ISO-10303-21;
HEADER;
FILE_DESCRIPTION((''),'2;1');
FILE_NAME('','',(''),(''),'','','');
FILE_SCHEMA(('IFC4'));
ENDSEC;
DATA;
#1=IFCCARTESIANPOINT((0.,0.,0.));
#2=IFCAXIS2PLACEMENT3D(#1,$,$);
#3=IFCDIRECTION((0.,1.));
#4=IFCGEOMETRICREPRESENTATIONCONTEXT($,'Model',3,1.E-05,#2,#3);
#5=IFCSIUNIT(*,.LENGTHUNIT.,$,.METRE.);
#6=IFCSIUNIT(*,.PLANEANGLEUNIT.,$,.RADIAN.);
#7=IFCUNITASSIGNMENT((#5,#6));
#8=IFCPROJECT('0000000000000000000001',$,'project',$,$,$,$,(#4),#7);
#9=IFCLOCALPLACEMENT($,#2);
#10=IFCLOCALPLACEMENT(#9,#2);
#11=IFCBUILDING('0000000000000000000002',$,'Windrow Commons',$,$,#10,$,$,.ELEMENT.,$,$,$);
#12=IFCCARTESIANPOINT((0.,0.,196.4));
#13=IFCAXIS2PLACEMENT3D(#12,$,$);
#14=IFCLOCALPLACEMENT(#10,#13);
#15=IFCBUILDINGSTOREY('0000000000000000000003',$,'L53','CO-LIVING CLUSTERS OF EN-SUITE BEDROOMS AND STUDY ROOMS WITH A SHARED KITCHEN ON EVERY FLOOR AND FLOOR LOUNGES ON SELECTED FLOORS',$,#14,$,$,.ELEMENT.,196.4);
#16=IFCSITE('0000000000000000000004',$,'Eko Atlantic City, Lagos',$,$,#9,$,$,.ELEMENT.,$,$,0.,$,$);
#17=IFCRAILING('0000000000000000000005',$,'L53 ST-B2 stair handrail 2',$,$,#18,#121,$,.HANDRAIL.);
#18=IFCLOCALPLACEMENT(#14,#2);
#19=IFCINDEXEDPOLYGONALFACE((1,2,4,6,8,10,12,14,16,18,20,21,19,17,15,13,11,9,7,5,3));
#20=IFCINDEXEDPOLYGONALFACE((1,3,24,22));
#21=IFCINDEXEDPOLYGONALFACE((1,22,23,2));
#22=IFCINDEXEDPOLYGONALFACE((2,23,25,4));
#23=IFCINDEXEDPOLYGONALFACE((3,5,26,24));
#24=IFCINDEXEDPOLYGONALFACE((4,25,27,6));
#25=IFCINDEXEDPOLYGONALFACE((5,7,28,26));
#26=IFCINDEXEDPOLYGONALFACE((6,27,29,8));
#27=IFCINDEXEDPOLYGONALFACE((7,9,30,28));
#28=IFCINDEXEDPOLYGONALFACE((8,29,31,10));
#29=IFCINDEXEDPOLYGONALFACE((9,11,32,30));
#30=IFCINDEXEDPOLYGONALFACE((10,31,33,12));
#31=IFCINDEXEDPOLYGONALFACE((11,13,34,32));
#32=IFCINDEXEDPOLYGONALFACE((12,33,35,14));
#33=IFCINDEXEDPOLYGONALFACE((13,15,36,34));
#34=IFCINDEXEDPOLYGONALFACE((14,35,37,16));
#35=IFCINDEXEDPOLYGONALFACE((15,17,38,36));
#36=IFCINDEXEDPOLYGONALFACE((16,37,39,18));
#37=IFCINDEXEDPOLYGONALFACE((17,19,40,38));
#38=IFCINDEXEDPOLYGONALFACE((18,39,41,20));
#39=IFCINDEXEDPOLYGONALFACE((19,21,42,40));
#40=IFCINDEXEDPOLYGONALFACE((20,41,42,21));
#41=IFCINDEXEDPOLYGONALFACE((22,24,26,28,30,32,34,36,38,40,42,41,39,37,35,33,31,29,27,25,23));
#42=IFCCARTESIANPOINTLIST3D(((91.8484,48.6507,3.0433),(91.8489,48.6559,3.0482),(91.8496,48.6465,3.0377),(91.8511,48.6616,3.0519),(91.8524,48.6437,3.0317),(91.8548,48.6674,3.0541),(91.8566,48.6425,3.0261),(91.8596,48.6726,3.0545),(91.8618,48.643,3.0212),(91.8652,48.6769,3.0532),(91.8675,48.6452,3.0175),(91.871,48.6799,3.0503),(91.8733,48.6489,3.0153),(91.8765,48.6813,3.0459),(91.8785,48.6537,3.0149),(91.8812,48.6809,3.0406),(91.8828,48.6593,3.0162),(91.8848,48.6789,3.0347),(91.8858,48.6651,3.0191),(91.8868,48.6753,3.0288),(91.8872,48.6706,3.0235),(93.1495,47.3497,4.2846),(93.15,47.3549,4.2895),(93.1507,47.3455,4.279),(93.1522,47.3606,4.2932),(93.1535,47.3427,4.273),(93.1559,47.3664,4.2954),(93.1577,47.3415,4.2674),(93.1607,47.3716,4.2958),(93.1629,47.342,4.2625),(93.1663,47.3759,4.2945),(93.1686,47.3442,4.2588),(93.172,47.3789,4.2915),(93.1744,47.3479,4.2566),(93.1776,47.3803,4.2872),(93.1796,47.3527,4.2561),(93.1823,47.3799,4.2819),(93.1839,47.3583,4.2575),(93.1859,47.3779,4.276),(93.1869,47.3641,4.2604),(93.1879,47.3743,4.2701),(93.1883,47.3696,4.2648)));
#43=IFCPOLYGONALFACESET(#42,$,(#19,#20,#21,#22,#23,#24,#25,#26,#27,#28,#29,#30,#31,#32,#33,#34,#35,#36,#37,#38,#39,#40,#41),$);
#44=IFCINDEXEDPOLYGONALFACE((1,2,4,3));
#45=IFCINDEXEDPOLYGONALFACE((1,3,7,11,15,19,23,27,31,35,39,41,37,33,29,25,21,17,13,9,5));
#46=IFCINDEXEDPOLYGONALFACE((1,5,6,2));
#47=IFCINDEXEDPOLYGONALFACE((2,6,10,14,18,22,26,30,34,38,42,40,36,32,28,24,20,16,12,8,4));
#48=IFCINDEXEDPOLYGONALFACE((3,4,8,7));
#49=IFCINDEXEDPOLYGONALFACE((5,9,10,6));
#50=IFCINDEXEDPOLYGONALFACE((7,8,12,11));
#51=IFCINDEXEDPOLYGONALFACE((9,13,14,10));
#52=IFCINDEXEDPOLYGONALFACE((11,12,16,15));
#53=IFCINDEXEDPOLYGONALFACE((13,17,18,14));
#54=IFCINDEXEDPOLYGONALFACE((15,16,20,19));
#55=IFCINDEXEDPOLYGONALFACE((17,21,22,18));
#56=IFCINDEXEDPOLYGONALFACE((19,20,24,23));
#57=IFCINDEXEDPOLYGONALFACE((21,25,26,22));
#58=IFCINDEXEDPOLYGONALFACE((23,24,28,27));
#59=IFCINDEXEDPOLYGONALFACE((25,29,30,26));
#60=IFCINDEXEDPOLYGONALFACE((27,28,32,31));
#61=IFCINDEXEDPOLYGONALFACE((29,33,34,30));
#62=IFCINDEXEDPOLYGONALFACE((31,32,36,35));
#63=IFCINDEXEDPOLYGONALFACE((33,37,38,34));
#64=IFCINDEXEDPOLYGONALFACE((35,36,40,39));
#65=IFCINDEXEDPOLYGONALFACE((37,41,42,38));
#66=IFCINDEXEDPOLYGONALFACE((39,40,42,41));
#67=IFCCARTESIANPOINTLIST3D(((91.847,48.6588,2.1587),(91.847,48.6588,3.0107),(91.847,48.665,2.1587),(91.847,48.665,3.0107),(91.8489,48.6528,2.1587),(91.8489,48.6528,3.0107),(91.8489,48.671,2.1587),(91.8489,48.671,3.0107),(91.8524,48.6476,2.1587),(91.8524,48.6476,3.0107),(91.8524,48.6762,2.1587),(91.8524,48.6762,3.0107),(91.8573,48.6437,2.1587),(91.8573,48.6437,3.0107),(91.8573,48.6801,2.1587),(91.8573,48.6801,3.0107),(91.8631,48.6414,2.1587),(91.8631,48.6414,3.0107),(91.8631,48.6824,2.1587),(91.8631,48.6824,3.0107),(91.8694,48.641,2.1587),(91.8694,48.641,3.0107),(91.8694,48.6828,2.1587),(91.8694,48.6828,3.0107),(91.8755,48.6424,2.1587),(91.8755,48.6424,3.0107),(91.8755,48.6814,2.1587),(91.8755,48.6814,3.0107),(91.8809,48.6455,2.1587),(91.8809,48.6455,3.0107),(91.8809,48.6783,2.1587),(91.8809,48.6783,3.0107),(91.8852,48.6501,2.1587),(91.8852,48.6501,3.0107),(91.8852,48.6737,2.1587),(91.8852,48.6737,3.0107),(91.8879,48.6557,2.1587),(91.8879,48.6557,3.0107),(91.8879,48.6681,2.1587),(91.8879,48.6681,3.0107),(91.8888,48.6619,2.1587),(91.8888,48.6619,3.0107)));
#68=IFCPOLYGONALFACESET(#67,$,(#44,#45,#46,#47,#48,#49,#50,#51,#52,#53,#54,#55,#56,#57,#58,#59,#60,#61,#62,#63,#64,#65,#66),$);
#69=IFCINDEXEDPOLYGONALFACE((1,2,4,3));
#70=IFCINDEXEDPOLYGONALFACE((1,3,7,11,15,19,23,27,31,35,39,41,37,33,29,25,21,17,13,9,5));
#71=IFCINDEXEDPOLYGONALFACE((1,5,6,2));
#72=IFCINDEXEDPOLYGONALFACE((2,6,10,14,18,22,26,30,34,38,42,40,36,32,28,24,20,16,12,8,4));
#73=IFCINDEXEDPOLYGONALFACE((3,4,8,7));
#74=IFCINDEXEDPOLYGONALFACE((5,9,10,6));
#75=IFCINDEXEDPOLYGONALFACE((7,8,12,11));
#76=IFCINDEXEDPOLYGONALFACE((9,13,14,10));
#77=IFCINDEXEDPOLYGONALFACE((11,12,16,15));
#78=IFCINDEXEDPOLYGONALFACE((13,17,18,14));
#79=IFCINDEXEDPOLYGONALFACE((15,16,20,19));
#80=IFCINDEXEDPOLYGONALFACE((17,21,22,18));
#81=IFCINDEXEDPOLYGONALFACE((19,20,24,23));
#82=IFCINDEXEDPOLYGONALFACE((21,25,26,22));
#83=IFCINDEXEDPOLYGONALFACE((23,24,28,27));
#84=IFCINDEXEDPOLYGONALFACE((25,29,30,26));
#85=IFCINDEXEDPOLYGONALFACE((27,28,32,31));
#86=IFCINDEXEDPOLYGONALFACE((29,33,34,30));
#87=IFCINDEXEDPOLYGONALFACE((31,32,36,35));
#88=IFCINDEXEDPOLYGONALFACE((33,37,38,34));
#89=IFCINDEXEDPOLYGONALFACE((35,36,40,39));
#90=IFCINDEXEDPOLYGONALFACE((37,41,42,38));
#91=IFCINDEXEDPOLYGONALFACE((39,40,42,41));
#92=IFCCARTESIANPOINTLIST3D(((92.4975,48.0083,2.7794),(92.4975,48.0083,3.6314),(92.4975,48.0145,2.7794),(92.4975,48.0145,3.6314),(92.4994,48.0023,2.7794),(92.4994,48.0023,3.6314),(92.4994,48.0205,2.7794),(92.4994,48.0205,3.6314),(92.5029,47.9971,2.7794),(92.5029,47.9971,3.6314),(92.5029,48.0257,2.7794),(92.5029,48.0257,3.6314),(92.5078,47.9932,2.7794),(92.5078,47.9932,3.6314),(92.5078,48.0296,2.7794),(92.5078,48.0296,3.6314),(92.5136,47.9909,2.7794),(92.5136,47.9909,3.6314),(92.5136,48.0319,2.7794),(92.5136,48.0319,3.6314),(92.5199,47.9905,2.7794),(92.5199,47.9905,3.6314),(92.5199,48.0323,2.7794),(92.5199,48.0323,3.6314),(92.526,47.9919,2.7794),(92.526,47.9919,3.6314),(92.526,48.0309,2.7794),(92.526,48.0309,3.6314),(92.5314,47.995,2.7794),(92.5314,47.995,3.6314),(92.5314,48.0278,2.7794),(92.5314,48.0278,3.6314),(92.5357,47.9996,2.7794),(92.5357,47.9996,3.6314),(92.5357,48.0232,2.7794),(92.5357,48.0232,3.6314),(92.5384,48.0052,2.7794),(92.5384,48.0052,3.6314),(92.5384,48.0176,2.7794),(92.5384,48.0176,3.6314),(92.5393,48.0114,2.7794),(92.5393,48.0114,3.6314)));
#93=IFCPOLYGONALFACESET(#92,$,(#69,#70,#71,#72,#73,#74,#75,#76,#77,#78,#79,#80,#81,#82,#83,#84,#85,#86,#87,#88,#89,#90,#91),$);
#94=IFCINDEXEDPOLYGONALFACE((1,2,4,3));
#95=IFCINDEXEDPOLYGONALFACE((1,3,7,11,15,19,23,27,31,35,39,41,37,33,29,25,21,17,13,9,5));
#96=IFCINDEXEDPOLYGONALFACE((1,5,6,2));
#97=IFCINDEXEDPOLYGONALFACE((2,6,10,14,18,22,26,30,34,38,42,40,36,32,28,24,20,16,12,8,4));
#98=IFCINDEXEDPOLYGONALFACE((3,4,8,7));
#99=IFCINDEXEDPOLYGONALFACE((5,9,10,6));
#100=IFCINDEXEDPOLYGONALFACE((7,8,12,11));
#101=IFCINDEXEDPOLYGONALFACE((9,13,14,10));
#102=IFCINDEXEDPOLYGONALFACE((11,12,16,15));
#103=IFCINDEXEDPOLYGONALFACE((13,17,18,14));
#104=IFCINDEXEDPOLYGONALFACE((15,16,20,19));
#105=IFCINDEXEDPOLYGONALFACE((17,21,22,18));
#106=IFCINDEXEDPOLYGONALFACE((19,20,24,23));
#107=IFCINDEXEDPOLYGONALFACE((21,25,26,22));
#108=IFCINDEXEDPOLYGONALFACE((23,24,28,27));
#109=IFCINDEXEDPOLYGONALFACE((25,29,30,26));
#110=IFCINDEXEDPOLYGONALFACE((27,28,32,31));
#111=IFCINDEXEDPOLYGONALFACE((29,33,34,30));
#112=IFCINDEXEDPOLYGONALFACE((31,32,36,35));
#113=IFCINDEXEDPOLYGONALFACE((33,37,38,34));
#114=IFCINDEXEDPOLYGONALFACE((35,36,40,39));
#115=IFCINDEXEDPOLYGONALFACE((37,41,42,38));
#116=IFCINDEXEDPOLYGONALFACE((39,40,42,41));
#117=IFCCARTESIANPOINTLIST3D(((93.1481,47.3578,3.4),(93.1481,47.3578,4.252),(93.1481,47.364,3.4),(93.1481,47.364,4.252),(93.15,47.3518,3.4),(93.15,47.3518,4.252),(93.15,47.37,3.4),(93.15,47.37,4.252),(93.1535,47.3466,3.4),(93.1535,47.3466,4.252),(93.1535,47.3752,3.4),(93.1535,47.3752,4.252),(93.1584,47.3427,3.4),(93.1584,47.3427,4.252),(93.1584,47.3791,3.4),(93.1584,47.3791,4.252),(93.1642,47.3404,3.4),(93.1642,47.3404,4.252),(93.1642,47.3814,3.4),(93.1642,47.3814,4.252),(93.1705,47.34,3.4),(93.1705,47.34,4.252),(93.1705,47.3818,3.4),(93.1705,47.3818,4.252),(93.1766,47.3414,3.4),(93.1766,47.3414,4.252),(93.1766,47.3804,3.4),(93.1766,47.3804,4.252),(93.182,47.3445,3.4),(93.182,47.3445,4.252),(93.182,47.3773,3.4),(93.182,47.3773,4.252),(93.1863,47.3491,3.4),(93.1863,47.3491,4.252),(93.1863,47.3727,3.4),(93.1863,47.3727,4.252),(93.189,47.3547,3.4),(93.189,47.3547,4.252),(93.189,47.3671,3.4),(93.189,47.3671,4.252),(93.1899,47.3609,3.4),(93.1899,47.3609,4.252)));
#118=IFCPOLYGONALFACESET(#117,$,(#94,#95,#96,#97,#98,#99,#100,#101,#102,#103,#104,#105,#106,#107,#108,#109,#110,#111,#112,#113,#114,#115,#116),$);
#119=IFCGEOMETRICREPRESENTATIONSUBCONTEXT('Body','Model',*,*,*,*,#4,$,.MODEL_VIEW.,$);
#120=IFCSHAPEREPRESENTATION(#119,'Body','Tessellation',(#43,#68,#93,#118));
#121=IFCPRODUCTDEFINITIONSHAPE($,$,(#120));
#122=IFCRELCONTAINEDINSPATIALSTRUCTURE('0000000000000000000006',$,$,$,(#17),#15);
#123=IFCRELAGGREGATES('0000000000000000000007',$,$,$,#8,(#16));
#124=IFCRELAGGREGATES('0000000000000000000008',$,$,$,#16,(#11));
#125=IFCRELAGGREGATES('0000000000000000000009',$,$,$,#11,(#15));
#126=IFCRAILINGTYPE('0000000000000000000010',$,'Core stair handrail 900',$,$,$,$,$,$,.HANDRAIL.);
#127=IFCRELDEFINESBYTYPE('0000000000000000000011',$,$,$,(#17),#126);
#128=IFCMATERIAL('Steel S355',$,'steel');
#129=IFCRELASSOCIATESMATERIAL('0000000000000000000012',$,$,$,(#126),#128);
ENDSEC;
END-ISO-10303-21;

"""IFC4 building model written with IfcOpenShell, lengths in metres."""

from ifc_helpers import new_model, si_unit, direction, frame, origin, origin_2d, place, context, subcontext, project, spatial, circle, extrude, material, type_object, element, save


model = new_model("IFC4")

# Units and contexts
model_context = context("Model", 3, precision=1e-05, world=origin(), true_north=direction((0.0, 1.0)))
body_context = subcontext(model_context, "Body", "Model", "MODEL_VIEW")
ifc_project = project(units=[si_unit("LENGTHUNIT", "METRE"), si_unit("PLANEANGLEUNIT", "RADIAN")], contexts=[model_context])

# Site, building, storey
site_placement = place(None, origin())
site = spatial("IfcSite", under=ifc_project, at=site_placement, Name="Eko Atlantic City, Lagos", CompositionType="ELEMENT", RefElevation=0.0)
building_placement = place(site_placement, origin())
building = spatial("IfcBuilding", under=site, at=building_placement, Name="Windrow Commons", CompositionType="ELEMENT")
storey_placement = place(building_placement, frame((0.0, 0.0, 196.4)))
storey = spatial("IfcBuildingStorey", under=building, at=storey_placement, Name="L53", Description="CO-LIVING CLUSTERS OF EN-SUITE BEDROOMS AND STUDY ROOMS WITH A SHARED KITCHEN ON EVERY FLOOR AND FLOOR LOUNGES ON SELECTED FLOORS", CompositionType="ELEMENT", Elevation=196.4)

# Railing
ifc_material_1 = material(Name="Steel S355", Category="steel")
railing_type_1 = type_object("IfcRailingType", Name="Core stair handrail 900", PredefinedType="HANDRAIL", material=ifc_material_1)
railing_1_placement = place(storey_placement, frame((91.8678, 48.6619, 2.1587)))
element("IfcRailing", 1, at=railing_1_placement, inside=storey, type_object=railing_type_1, Name="L53 ST-B2 stair handrail 2", PredefinedType="HANDRAIL", context=body_context, shape_type="SweptSolid", body=[
    extrude(circle(Radius=0.024, at=origin_2d()), frame((0.0, 0.0, 0.876), z_axis=(0.586207, -0.586162, 0.559264), x_axis=(0.70708, 0.707134, 0.0)), (0.0, 0.0, 1.0), 2.2195),
    extrude(circle(Radius=0.021, at=origin_2d()), origin(), (0.0, 0.0, 1.0), 0.852),
    extrude(circle(Radius=0.021, at=origin_2d()), frame((0.6505, -0.6505, 0.6207)), (0.0, 0.0, 1.0), 0.852),
    extrude(circle(Radius=0.021, at=origin_2d()), frame((1.3011, -1.301, 1.2413)), (0.0, 0.0, 1.0), 0.852),
])

save(model, "model.ifc")
